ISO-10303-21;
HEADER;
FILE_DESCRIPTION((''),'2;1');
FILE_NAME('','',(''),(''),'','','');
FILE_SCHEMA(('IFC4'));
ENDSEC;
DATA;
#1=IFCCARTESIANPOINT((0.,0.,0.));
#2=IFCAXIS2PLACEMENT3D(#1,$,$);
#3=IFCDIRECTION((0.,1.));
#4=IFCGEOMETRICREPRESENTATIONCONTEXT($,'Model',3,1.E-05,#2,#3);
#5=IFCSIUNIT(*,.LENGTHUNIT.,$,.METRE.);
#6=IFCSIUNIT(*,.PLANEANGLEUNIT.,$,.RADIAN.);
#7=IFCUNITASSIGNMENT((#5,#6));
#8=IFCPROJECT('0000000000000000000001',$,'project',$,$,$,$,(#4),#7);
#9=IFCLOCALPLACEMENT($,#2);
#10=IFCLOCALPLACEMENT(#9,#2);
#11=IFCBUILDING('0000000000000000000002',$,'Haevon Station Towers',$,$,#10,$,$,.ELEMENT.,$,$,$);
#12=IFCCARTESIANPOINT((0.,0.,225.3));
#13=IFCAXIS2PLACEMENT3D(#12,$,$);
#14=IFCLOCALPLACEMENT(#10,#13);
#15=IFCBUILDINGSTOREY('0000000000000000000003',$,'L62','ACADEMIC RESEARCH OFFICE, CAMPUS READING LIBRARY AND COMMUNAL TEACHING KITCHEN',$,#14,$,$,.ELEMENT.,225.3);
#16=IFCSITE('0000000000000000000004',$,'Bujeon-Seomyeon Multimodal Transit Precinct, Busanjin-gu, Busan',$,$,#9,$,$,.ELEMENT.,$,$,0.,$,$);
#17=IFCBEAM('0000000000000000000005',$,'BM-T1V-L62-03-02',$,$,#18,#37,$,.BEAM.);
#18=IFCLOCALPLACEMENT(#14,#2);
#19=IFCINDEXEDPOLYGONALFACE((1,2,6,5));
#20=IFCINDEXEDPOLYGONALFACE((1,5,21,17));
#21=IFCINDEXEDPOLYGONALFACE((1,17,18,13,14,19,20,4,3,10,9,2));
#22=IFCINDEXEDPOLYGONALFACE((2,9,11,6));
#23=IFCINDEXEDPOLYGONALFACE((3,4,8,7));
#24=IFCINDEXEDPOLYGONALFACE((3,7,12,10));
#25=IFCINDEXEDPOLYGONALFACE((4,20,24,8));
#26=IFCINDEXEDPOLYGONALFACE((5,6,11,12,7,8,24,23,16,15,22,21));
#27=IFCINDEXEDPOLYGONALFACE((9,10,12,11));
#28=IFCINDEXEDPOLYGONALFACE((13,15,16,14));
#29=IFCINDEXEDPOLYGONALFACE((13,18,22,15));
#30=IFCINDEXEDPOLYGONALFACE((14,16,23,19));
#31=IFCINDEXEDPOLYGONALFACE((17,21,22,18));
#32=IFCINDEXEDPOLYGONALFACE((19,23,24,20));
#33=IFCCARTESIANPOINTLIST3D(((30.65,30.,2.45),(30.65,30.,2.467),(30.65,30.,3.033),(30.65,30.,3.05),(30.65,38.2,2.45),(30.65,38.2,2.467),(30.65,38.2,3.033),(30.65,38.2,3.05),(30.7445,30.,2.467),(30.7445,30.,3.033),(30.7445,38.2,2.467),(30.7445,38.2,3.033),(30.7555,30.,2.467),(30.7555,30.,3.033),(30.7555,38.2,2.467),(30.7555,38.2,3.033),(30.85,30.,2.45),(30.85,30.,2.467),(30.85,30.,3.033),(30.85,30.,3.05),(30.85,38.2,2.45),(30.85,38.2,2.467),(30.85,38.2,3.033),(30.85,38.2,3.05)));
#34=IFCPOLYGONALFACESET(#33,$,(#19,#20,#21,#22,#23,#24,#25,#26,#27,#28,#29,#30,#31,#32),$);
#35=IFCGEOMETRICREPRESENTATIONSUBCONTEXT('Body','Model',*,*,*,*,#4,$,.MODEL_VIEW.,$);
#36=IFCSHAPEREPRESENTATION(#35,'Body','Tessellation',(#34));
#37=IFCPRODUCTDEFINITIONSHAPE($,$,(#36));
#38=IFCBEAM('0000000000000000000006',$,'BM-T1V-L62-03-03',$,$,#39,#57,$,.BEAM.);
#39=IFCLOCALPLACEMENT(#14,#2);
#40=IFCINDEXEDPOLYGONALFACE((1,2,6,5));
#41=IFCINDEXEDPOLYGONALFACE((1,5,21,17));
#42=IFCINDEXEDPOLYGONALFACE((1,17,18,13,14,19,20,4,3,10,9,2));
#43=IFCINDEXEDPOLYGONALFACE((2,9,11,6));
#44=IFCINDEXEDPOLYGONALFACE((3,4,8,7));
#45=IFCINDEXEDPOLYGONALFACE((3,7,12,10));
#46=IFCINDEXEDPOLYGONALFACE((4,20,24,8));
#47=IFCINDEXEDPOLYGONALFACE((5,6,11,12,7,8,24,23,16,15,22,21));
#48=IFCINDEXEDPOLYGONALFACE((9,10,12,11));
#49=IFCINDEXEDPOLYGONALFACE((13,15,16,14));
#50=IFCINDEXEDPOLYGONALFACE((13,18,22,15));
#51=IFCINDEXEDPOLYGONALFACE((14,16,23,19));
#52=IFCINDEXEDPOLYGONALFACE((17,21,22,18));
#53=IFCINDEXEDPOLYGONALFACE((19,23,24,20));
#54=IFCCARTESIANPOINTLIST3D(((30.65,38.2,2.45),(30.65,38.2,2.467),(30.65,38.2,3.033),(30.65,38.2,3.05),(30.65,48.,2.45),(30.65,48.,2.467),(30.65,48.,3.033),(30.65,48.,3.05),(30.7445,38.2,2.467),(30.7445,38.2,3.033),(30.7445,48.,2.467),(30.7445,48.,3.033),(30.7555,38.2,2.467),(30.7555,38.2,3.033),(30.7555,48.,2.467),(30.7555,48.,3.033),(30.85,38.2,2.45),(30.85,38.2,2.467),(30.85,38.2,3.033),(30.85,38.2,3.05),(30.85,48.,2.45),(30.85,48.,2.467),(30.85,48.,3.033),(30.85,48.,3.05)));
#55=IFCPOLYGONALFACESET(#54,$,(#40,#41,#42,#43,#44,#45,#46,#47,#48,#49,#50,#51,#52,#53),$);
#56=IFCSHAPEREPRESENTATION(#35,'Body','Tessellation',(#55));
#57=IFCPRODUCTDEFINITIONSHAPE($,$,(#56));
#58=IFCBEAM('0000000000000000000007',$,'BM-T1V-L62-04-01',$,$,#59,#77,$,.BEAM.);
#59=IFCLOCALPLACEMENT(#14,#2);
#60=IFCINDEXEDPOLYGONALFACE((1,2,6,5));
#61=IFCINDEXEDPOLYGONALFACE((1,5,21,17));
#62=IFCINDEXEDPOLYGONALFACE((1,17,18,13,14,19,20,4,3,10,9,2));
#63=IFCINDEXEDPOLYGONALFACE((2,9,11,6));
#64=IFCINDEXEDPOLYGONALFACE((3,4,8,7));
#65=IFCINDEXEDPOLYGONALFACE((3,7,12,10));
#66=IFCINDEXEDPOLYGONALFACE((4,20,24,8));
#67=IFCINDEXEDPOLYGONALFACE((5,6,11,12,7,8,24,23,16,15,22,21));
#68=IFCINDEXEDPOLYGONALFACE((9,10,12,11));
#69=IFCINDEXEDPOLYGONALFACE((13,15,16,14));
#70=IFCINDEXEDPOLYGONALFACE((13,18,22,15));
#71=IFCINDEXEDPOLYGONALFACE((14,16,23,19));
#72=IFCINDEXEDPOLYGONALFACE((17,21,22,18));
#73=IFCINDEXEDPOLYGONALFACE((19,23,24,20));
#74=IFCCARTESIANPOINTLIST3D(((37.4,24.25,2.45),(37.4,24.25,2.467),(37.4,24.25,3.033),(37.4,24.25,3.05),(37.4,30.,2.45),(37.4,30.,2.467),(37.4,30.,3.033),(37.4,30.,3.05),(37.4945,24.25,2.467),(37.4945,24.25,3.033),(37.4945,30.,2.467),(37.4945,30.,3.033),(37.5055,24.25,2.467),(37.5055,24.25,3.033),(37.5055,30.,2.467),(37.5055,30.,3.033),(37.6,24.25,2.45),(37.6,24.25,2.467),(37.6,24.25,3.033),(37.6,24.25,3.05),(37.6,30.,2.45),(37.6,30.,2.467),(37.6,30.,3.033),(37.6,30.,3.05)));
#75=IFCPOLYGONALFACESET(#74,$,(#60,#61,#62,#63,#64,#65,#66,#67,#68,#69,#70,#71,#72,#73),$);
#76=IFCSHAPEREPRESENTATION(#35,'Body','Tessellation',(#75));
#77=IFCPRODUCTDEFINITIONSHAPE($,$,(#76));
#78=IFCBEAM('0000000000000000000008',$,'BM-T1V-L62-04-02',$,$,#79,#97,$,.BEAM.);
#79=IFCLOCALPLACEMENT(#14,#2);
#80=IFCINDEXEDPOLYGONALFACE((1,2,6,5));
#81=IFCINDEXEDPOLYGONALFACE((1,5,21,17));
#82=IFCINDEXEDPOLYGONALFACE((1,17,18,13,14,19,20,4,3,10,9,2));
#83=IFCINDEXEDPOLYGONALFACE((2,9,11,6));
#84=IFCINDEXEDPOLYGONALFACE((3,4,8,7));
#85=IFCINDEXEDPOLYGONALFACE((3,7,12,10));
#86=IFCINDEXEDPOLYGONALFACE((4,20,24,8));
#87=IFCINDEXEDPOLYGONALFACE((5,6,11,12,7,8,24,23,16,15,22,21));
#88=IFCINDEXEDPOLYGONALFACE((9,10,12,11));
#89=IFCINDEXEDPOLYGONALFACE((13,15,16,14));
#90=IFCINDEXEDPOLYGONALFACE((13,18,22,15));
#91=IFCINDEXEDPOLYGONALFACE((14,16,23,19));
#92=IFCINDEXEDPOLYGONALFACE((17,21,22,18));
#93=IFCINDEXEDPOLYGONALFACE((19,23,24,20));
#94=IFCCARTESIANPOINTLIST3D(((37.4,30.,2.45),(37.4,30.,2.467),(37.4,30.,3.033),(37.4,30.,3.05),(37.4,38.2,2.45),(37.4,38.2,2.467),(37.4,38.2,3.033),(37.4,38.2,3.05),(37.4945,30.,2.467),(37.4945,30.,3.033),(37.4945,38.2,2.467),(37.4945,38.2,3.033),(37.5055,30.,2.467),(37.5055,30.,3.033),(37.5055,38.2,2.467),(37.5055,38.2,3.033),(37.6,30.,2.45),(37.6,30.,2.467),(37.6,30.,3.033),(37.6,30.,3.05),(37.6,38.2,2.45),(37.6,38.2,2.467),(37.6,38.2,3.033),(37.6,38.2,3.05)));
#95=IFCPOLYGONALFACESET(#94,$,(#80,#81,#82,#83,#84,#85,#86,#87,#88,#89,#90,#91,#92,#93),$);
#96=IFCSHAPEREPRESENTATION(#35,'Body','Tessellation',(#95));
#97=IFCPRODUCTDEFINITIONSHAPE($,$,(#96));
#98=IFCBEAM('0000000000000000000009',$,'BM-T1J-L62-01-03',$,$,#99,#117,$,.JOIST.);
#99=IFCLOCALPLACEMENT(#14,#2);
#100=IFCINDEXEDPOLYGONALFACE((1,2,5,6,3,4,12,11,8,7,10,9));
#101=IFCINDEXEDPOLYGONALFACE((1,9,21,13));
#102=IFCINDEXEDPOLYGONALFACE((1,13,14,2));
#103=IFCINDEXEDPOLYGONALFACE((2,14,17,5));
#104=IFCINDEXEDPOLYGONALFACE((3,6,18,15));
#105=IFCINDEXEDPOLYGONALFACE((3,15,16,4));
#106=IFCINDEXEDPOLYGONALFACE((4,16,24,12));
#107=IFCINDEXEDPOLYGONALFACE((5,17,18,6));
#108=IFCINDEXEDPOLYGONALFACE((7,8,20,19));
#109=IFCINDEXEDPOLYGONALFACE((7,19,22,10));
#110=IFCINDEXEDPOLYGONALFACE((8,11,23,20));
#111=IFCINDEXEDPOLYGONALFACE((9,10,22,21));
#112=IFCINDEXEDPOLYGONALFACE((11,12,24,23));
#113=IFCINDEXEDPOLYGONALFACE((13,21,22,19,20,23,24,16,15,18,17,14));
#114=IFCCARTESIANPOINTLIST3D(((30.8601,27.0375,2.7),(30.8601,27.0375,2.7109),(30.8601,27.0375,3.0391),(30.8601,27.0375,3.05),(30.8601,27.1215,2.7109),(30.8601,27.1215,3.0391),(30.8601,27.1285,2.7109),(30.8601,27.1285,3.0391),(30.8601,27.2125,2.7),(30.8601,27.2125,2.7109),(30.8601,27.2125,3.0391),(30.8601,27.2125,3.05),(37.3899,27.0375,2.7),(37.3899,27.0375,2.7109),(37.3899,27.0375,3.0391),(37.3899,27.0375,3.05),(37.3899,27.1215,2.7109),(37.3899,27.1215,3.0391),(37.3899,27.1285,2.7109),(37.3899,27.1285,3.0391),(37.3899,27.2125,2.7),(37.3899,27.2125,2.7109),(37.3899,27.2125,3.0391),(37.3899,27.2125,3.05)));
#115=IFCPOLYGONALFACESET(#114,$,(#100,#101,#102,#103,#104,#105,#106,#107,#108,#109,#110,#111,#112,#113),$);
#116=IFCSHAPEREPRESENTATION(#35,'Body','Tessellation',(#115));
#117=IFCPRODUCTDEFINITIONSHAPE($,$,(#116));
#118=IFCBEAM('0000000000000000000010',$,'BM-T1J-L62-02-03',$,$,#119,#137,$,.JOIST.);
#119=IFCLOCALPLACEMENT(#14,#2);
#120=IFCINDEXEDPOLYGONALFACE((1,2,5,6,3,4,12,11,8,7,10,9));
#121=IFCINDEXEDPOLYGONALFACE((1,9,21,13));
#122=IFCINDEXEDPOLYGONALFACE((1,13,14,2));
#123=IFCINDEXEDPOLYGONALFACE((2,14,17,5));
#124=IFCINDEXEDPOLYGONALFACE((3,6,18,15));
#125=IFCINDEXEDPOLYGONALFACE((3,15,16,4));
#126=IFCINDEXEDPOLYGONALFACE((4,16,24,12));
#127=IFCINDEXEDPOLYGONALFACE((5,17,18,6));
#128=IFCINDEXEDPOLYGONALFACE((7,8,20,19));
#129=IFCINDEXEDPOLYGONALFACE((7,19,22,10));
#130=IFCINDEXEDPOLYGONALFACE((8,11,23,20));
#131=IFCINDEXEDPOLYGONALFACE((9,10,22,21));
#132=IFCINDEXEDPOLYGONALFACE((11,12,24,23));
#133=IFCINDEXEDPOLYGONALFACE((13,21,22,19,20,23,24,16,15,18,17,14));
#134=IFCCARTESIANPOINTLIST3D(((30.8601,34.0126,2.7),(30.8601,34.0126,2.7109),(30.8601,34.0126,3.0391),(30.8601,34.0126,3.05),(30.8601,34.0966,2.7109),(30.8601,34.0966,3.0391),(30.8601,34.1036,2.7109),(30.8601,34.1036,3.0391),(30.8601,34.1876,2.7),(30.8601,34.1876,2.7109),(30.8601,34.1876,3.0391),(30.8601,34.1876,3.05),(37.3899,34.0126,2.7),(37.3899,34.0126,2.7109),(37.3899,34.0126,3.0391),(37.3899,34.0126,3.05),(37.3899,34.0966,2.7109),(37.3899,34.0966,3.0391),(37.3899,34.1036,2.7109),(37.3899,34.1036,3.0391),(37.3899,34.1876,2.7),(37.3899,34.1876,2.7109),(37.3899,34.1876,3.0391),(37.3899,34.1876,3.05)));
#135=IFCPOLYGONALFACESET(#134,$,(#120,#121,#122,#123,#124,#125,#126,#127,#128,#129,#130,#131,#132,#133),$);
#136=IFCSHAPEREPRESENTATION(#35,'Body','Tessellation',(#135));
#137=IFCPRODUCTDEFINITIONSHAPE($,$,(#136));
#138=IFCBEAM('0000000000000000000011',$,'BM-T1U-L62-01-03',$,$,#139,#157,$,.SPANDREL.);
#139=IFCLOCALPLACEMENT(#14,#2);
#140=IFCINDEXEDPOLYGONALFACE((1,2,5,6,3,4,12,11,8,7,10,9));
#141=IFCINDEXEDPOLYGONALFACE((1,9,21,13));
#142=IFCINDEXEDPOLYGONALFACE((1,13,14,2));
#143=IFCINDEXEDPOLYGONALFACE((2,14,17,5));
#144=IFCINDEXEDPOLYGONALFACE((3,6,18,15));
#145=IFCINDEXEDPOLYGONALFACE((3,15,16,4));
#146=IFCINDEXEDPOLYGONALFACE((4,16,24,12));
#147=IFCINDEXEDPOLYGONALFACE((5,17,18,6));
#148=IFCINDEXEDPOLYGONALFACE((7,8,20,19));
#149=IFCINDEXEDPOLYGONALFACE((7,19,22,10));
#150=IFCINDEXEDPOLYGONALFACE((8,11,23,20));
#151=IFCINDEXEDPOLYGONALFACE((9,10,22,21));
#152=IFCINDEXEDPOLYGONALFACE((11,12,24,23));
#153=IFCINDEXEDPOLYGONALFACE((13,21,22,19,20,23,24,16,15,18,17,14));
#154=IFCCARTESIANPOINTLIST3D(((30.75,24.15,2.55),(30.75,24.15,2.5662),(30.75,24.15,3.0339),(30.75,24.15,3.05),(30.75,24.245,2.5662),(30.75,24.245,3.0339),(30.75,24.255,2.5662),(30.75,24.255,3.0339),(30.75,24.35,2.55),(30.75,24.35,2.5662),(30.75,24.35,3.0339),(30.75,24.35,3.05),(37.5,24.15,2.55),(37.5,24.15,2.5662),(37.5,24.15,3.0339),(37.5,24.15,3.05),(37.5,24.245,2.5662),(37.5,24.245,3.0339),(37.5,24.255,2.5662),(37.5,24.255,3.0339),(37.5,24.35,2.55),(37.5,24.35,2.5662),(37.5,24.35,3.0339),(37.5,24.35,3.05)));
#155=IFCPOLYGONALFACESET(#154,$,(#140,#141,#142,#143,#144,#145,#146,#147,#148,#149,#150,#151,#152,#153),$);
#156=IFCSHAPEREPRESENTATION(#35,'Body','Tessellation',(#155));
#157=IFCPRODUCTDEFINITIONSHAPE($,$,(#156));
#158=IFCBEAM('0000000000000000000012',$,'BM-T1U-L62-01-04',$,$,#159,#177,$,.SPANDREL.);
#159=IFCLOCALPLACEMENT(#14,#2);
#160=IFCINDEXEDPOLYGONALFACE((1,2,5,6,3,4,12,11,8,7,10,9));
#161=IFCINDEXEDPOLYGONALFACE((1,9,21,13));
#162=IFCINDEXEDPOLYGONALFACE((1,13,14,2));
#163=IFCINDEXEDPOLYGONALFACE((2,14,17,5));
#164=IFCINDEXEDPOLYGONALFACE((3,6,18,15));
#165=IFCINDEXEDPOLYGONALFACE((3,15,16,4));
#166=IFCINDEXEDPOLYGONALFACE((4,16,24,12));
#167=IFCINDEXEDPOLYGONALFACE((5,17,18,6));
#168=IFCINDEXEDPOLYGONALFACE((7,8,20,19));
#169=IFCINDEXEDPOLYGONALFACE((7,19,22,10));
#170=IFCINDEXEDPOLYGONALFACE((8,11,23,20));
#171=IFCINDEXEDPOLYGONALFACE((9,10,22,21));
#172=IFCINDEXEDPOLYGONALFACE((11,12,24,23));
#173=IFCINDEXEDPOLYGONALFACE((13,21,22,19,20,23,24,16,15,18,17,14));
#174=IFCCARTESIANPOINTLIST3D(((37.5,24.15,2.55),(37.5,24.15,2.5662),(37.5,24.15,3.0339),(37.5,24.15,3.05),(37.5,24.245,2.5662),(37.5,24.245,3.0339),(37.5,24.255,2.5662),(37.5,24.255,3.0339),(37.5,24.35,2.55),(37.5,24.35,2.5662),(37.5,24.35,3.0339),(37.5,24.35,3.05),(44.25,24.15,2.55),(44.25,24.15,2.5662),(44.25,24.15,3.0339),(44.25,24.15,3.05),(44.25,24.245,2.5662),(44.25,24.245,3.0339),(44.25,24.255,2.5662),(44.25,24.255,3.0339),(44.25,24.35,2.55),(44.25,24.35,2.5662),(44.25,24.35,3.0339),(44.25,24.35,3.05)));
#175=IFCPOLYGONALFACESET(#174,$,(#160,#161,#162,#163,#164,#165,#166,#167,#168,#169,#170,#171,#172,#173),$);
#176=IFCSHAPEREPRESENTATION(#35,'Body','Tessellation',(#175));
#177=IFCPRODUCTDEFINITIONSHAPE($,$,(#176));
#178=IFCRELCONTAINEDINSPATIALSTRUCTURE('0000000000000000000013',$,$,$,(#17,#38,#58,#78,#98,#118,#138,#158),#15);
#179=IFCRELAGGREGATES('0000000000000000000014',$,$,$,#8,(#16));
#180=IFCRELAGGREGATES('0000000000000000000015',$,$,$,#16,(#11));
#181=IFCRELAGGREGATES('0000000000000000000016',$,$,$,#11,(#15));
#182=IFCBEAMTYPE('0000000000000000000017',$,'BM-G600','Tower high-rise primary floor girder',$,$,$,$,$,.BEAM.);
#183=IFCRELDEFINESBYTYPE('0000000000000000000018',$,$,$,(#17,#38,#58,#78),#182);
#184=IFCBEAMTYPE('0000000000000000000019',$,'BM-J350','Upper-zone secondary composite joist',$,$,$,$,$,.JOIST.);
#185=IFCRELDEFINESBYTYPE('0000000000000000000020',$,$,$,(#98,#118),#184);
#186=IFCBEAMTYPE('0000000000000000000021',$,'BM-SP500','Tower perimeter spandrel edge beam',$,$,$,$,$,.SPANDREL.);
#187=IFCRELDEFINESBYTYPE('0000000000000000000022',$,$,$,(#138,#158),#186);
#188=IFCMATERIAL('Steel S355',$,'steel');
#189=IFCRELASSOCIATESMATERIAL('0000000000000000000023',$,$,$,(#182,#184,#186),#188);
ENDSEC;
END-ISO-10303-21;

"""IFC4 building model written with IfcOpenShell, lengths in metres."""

from ifc_helpers import new_model, si_unit, direction, frame, origin, origin_2d, place, context, subcontext, project, spatial, i_section, extrude, material, material_profile, profile_set, type_object, element, save


model = new_model("IFC4")

# Units and contexts
model_context = context("Model", 3, precision=1e-05, world=origin(), true_north=direction((0.0, 1.0)))
body_context = subcontext(model_context, "Body", "Model", "MODEL_VIEW")
ifc_project = project(units=[si_unit("LENGTHUNIT", "METRE"), si_unit("PLANEANGLEUNIT", "RADIAN")], contexts=[model_context])

# Site, building, storey
site_placement = place(None, origin())
site = spatial("IfcSite", under=ifc_project, at=site_placement, Name="Bujeon-Seomyeon Multimodal Transit Precinct, Busanjin-gu, Busan", CompositionType="ELEMENT", RefElevation=0.0)
building_placement = place(site_placement, origin())
building = spatial("IfcBuilding", under=site, at=building_placement, Name="Haevon Station Towers", CompositionType="ELEMENT")
storey_placement = place(building_placement, frame((0.0, 0.0, 225.3)))
storey = spatial("IfcBuildingStorey", under=building, at=storey_placement, Name="L62", Description="ACADEMIC RESEARCH OFFICE, CAMPUS READING LIBRARY AND COMMUNAL TEACHING KITCHEN", CompositionType="ELEMENT", Elevation=225.3)

# Shared definitions
ifc_material_1 = material(Name="Steel S355", Category="steel")

# Beams
ifc_material_profile_1 = material_profile(ifc_material_1, i_section(OverallWidth=0.2, OverallDepth=0.6001, WebThickness=0.011, FlangeThickness=0.0171, at=origin_2d()), Name="H-600x200x11x17")
ifc_profile_set_1 = profile_set([ifc_material_profile_1], Name="Steel S355")
beam_type_1 = type_object("IfcBeamType", Name="BM-G600", Description="Tower high-rise primary floor girder", PredefinedType="BEAM", material=ifc_profile_set_1)
beam_1_placement = place(storey_placement, frame((30.75, 30.0, 2.75), z_axis=(0.0, 1.0, 0.0), x_axis=(-1.0, 0.0, 0.0)))
element("IfcBeam", 1, at=beam_1_placement, inside=storey, type_object=beam_type_1, Name="BM-T1V-L62-03-02", PredefinedType="BEAM", context=body_context, shape_type="SweptSolid", body=[
    extrude(i_section(OverallWidth=0.2, OverallDepth=0.6001, WebThickness=0.011, FlangeThickness=0.0171, at=origin_2d()), origin(), (0.0, 0.0, 1.0), 8.2),
])
beam_2_placement = place(storey_placement, frame((30.75, 38.2, 2.75), z_axis=(0.0, 1.0, 0.0), x_axis=(-1.0, 0.0, 0.0)))
element("IfcBeam", 2, at=beam_2_placement, inside=storey, type_object=beam_type_1, Name="BM-T1V-L62-03-03", PredefinedType="BEAM", context=body_context, shape_type="SweptSolid", body=[
    extrude(i_section(OverallWidth=0.2, OverallDepth=0.6001, WebThickness=0.011, FlangeThickness=0.0171, at=origin_2d()), origin(), (0.0, 0.0, 1.0), 9.8),
])
beam_3_placement = place(storey_placement, frame((37.5, 24.25, 2.75), z_axis=(0.0, 1.0, 0.0), x_axis=(-1.0, 0.0, 0.0)))
element("IfcBeam", 3, at=beam_3_placement, inside=storey, type_object=beam_type_1, Name="BM-T1V-L62-04-01", PredefinedType="BEAM", context=body_context, shape_type="SweptSolid", body=[
    extrude(i_section(OverallWidth=0.2, OverallDepth=0.6001, WebThickness=0.011, FlangeThickness=0.0171, at=origin_2d()), origin(), (0.0, 0.0, 1.0), 5.75),
])
beam_4_placement = place(storey_placement, frame((37.5, 30.0, 2.75), z_axis=(0.0, 1.0, 0.0), x_axis=(-1.0, 0.0, 0.0)))
element("IfcBeam", 4, at=beam_4_placement, inside=storey, type_object=beam_type_1, Name="BM-T1V-L62-04-02", PredefinedType="BEAM", context=body_context, shape_type="SweptSolid", body=[
    extrude(i_section(OverallWidth=0.2, OverallDepth=0.6001, WebThickness=0.011, FlangeThickness=0.0171, at=origin_2d()), origin(), (0.0, 0.0, 1.0), 8.2),
])
ifc_material_profile_2 = material_profile(ifc_material_1, i_section(OverallWidth=0.175, OverallDepth=0.3501, WebThickness=0.0071, FlangeThickness=0.011, at=origin_2d()), Name="H-350x175x7x11")
ifc_profile_set_2 = profile_set([ifc_material_profile_2], Name="Steel S355")
beam_type_2 = type_object("IfcBeamType", Name="BM-J350", Description="Upper-zone secondary composite joist", PredefinedType="JOIST", material=ifc_profile_set_2)
for number, where, z_axis, x_axis, name in (
    (5, (30.8601, 27.125, 2.875), (1.0, 0.0, 0.0), (0.0, 1.0, 0.0), "BM-T1J-L62-01-03"),
    (6, (30.8601, 34.1001, 2.875), (1.0, 0.0, 0.0), (0.0, 1.0, 0.0), "BM-T1J-L62-02-03"),
):
    element("IfcBeam", number, at=place(storey_placement, frame(where, z_axis=z_axis, x_axis=x_axis)), inside=storey, type_object=beam_type_2, Name=name, PredefinedType="JOIST", context=body_context, shape_type="SweptSolid", body=[
        extrude(i_section(OverallWidth=0.175, OverallDepth=0.3501, WebThickness=0.0071, FlangeThickness=0.011, at=origin_2d()), origin(), (0.0, 0.0, 1.0), 6.5298),
    ])
ifc_material_profile_3 = material_profile(ifc_material_1, i_section(OverallWidth=0.2, OverallDepth=0.5, WebThickness=0.01, FlangeThickness=0.0161, at=origin_2d()), Name="H-500x200x10x16")
ifc_profile_set_3 = profile_set([ifc_material_profile_3], Name="Steel S355")
beam_type_3 = type_object("IfcBeamType", Name="BM-SP500", Description="Tower perimeter spandrel edge beam", PredefinedType="SPANDREL", material=ifc_profile_set_3)
for number, where, z_axis, x_axis, name in (
    (7, (30.75, 24.25, 2.8), (1.0, 0.0, 0.0), (0.0, 1.0, 0.0), "BM-T1U-L62-01-03"),
    (8, (37.5, 24.25, 2.8), (1.0, 0.0, 0.0), (0.0, 1.0, 0.0), "BM-T1U-L62-01-04"),
):
    element("IfcBeam", number, at=place(storey_placement, frame(where, z_axis=z_axis, x_axis=x_axis)), inside=storey, type_object=beam_type_3, Name=name, PredefinedType="SPANDREL", context=body_context, shape_type="SweptSolid", body=[
        extrude(i_section(OverallWidth=0.2, OverallDepth=0.5, WebThickness=0.01, FlangeThickness=0.0161, at=origin_2d()), origin(), (0.0, 0.0, 1.0), 6.75),
    ])

save(model, "model.ifc")
